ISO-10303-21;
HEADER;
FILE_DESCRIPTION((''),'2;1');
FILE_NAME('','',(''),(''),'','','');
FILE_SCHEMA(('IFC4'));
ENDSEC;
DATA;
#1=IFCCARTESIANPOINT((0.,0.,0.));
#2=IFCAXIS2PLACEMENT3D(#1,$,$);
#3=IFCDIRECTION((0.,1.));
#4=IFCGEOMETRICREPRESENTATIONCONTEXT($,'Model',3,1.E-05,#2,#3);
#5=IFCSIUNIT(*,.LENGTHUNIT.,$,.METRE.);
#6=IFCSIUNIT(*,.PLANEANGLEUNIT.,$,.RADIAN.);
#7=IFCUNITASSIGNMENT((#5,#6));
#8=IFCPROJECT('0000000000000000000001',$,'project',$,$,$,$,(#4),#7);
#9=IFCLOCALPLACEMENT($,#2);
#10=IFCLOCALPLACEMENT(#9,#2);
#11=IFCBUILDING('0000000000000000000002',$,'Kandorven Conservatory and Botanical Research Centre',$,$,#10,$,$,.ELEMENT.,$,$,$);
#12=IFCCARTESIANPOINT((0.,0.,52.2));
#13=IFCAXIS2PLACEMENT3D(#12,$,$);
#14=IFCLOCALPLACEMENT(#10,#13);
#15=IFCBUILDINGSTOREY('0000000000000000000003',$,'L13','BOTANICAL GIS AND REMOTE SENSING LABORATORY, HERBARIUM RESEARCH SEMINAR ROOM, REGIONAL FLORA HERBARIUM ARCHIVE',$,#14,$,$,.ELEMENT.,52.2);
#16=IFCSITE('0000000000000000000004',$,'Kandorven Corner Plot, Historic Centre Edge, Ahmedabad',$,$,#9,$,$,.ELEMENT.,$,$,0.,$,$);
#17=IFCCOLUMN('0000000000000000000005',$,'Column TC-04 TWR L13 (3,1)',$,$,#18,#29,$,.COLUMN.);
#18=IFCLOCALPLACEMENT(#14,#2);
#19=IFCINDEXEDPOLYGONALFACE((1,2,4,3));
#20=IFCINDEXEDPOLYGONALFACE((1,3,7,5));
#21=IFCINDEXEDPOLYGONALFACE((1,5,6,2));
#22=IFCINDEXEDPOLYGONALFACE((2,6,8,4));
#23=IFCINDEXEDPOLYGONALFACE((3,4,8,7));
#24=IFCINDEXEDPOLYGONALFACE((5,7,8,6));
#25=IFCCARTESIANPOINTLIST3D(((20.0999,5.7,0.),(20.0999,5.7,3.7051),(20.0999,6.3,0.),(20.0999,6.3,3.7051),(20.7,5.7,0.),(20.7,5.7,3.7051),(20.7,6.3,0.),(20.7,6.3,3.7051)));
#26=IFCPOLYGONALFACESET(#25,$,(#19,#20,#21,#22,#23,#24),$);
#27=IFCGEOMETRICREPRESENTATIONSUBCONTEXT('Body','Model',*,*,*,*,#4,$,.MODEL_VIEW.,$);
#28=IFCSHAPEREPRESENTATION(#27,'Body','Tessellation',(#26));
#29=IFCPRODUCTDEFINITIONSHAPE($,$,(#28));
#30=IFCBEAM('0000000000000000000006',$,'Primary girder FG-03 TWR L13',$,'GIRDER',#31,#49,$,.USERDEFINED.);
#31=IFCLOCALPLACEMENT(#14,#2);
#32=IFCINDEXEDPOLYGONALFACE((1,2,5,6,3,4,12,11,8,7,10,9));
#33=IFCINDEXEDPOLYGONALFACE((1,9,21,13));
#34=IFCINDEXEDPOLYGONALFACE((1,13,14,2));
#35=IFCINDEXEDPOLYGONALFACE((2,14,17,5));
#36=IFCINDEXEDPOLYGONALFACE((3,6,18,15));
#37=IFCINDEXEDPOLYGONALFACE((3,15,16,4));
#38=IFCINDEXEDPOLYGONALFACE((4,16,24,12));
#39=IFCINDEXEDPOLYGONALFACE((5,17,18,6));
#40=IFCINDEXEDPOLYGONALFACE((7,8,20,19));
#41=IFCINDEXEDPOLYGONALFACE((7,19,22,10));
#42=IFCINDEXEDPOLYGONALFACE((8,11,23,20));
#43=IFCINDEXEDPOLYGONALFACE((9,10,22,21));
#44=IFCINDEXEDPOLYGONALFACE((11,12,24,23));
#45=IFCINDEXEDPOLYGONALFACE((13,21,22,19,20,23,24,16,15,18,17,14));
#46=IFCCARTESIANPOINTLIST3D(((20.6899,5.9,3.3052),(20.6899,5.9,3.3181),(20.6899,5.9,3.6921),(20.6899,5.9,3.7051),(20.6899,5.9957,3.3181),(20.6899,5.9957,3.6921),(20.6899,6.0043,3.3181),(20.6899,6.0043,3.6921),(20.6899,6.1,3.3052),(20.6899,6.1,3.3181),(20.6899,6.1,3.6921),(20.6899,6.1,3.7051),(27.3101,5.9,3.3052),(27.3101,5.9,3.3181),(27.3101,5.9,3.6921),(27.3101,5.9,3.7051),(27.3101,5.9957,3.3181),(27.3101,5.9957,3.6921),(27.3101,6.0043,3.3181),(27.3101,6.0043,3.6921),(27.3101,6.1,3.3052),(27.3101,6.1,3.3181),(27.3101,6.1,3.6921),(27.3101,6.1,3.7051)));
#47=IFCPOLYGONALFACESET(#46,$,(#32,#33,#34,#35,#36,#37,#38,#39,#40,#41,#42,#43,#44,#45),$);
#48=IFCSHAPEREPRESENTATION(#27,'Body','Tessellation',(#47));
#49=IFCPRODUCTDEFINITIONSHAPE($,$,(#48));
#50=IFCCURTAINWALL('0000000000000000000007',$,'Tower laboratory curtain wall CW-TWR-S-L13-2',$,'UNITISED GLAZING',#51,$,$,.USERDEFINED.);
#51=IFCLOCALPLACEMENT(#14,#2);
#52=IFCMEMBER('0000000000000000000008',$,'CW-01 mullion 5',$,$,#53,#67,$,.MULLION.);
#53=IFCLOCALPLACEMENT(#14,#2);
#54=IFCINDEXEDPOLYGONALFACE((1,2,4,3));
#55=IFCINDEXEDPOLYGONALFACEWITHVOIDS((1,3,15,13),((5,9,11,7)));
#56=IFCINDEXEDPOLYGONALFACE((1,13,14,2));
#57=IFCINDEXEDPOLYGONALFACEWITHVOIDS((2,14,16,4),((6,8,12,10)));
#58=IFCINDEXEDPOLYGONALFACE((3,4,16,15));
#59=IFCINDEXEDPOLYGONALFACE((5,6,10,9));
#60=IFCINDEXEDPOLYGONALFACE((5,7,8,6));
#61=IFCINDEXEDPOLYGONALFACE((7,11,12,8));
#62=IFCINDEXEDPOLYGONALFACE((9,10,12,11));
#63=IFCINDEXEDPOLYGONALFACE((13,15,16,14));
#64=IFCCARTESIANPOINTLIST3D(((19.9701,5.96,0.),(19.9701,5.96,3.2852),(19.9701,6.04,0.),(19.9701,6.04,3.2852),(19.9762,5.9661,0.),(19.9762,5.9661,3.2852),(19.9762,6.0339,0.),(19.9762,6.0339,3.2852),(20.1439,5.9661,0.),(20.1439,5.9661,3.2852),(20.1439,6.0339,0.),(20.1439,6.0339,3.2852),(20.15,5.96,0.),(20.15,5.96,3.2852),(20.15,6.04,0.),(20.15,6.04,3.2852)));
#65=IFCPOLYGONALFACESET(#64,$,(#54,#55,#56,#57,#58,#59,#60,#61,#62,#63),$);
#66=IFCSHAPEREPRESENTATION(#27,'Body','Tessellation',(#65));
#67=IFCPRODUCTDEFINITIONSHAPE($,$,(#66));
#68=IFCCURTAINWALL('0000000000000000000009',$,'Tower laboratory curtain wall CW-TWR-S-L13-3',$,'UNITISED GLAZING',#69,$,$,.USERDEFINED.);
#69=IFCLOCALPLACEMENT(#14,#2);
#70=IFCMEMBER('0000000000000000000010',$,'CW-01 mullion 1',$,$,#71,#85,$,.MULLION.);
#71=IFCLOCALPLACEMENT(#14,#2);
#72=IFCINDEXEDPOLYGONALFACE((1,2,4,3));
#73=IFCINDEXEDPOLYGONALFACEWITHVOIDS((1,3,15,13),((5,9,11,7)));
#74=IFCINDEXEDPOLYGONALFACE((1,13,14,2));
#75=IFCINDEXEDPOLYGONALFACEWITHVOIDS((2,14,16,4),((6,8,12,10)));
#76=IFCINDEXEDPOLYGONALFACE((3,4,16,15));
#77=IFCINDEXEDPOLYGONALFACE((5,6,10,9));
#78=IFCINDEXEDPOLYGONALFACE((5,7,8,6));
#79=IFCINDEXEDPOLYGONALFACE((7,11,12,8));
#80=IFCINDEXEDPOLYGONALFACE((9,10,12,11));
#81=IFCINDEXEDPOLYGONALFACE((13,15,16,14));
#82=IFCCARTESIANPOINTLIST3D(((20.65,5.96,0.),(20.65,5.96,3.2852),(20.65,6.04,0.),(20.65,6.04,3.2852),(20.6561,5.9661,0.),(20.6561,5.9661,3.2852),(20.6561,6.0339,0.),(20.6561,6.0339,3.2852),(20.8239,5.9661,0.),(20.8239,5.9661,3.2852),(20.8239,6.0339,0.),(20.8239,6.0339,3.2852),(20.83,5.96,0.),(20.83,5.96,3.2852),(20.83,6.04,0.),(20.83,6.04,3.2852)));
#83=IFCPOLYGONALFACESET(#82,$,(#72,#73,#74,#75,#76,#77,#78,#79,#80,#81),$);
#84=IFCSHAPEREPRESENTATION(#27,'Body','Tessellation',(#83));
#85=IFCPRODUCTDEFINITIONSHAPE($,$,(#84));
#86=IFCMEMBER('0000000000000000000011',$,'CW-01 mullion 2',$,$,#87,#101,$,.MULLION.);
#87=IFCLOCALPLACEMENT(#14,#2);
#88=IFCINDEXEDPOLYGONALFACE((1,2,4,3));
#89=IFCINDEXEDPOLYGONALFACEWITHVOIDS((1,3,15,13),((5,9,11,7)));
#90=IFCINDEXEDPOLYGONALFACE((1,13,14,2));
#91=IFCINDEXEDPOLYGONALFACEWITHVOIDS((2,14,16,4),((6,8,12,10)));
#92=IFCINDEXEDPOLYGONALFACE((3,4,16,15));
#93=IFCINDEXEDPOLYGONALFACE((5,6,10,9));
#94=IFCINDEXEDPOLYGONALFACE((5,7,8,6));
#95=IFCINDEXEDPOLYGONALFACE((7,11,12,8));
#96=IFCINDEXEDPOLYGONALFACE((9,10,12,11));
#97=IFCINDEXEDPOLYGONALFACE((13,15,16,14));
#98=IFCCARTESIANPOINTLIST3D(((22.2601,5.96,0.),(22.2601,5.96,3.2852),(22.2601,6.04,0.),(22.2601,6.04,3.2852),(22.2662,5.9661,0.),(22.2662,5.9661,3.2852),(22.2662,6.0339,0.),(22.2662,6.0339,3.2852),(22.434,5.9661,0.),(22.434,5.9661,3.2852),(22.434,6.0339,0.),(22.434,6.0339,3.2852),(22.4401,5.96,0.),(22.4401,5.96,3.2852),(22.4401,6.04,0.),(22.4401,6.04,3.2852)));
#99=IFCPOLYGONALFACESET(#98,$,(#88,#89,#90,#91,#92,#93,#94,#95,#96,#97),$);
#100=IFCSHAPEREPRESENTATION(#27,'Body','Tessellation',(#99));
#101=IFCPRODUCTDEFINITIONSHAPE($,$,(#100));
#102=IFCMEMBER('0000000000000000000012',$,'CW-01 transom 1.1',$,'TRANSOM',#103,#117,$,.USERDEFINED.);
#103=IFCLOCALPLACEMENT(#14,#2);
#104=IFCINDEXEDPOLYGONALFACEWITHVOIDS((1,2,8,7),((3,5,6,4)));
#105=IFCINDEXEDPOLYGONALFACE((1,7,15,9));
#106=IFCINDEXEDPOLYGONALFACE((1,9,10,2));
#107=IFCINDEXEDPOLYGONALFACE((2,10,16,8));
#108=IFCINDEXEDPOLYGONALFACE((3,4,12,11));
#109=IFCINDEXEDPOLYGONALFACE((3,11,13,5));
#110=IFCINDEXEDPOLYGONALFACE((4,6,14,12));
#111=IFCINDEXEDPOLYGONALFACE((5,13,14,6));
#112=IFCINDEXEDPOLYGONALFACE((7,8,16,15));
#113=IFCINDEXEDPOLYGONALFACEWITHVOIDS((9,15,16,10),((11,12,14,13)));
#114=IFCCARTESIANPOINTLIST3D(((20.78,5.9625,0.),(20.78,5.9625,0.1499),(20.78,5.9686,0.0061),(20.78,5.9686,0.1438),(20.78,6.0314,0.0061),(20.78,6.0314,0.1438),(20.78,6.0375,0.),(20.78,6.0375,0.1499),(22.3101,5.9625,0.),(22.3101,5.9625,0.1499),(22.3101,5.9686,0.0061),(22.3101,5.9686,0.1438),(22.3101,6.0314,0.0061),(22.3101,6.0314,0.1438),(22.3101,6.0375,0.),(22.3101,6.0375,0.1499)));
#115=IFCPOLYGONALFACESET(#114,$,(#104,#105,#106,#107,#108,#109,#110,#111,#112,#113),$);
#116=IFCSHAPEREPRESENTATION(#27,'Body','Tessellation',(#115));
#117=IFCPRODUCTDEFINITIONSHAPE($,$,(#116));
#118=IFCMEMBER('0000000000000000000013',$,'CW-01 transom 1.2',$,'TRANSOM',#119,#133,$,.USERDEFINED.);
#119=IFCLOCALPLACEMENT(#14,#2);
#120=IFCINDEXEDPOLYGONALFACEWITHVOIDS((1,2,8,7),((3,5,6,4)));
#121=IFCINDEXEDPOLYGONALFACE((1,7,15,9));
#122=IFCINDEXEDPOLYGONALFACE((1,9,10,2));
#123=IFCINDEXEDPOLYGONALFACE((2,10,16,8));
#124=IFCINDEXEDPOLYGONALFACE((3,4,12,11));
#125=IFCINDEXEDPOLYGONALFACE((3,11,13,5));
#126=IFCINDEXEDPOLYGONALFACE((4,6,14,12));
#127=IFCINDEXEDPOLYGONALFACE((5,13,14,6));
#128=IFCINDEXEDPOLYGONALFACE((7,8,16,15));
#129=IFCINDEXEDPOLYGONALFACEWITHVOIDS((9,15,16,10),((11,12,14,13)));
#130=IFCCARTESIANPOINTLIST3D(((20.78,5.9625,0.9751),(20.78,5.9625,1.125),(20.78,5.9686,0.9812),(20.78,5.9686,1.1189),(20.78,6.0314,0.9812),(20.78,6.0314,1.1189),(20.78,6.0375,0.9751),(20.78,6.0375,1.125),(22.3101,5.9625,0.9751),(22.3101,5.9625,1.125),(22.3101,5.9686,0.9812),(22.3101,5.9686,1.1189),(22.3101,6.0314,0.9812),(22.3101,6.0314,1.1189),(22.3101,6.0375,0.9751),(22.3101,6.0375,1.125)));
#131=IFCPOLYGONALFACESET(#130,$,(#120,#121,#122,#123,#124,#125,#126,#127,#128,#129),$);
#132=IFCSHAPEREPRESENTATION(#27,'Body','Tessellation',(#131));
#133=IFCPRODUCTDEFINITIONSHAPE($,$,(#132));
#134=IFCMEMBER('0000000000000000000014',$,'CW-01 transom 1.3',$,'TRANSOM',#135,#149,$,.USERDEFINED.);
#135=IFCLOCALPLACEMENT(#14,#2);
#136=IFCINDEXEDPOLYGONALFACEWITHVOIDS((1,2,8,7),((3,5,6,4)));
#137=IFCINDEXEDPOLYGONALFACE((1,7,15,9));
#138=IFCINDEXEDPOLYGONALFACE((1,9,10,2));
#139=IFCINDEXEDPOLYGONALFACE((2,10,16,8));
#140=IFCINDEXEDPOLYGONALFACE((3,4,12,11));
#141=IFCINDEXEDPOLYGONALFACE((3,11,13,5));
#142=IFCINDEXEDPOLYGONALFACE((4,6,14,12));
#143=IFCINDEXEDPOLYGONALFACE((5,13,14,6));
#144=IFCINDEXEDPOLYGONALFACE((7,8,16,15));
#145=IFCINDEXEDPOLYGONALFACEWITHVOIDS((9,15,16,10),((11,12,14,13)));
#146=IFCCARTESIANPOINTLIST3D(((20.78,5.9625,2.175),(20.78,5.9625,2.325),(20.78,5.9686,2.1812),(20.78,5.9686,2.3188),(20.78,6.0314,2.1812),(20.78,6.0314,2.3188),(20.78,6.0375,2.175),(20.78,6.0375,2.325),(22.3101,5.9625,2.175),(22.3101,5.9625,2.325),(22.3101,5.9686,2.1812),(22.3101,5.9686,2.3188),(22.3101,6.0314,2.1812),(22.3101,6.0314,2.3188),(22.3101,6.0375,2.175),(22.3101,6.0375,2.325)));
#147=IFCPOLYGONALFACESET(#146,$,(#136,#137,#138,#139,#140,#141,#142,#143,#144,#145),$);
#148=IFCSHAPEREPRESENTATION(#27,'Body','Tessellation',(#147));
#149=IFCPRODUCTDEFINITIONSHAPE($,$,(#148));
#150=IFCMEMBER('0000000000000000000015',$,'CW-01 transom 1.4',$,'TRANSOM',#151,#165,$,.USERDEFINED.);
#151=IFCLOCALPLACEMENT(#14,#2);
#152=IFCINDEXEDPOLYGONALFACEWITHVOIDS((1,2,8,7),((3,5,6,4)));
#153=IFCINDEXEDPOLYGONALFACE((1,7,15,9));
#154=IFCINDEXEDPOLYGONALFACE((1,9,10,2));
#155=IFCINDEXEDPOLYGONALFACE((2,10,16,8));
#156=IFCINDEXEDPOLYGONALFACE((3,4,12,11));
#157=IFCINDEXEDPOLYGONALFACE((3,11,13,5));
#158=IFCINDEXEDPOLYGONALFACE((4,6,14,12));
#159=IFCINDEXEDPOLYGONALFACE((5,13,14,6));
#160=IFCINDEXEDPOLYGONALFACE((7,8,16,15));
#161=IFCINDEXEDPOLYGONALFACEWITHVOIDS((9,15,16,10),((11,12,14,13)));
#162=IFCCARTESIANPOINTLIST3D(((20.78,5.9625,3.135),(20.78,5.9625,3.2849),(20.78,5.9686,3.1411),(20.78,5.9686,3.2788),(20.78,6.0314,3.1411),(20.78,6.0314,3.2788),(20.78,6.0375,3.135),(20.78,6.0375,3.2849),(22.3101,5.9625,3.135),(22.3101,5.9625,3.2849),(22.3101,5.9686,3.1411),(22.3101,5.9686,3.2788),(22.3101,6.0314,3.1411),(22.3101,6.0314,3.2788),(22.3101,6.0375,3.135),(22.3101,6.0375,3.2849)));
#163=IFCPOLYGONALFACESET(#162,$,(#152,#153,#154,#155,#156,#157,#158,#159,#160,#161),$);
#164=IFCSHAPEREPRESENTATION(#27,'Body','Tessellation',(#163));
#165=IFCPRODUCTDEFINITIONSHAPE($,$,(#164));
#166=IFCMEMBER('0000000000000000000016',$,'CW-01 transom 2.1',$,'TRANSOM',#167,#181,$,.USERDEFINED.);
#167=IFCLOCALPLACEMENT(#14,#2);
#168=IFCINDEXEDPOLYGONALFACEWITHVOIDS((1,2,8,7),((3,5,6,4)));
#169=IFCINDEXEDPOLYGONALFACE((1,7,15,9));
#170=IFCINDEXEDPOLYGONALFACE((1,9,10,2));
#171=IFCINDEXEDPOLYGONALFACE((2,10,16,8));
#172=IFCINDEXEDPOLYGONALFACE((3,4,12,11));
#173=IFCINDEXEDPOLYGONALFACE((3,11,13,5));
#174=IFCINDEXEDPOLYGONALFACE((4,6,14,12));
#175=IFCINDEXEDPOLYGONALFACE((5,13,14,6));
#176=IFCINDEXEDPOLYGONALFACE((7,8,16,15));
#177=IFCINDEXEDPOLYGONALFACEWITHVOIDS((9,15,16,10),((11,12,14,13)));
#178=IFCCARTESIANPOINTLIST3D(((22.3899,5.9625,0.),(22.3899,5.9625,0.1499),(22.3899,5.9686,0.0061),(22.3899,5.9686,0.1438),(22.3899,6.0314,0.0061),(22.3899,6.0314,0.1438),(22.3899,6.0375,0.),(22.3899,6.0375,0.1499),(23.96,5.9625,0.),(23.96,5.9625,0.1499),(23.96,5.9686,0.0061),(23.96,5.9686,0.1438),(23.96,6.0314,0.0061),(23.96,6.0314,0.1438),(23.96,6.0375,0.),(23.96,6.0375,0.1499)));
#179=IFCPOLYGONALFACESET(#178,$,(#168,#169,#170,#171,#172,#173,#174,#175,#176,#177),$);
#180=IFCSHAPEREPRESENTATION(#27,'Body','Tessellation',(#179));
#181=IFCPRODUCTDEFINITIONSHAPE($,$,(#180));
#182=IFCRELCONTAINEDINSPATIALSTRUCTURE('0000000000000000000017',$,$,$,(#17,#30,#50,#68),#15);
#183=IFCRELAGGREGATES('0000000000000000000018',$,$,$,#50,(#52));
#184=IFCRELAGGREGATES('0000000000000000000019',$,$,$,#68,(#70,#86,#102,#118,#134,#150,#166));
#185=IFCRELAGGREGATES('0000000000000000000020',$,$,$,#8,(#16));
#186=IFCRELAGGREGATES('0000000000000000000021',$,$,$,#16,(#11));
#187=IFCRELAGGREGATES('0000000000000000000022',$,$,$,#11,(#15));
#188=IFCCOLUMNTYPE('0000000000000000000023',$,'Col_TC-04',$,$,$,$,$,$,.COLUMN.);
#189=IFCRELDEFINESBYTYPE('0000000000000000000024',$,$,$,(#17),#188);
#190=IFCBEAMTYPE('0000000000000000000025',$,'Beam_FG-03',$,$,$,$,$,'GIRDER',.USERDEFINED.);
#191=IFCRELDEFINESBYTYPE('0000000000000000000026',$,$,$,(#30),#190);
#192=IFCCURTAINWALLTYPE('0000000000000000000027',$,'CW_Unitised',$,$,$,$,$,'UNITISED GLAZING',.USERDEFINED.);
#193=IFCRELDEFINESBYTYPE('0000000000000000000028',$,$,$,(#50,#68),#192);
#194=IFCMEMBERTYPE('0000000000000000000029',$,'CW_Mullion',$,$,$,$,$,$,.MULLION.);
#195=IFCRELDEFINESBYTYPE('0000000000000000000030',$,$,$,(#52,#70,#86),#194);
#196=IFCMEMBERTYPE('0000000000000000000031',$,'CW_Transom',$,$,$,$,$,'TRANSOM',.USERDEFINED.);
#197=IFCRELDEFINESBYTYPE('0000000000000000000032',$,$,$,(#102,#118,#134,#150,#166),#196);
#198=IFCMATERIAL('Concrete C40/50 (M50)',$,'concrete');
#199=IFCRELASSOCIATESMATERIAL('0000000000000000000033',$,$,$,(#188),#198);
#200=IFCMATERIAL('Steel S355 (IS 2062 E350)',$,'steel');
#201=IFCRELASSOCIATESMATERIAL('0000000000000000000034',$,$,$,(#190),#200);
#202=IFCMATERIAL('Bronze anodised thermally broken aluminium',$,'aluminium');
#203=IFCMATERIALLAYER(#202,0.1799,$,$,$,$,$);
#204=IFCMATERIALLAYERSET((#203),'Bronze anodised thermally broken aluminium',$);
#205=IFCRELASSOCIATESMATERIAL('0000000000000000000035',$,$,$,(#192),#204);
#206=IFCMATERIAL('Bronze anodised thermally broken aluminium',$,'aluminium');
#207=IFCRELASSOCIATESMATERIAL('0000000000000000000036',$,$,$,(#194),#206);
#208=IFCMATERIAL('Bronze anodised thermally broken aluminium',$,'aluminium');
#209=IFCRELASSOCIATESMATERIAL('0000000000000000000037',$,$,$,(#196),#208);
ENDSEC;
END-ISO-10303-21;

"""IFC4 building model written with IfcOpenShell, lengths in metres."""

from ifc_helpers import new_model, si_unit, direction, frame, origin, origin_2d, place, context, subcontext, project, spatial, rectangle, hollow_rectangle, i_section, extrude, material, layer, layer_set, material_profile, profile_set, type_object, element, aggregate, save


model = new_model("IFC4")

# Units and contexts
model_context = context("Model", 3, precision=1e-05, world=origin(), true_north=direction((0.0, 1.0)))
body_context = subcontext(model_context, "Body", "Model", "MODEL_VIEW")
ifc_project = project(units=[si_unit("LENGTHUNIT", "METRE"), si_unit("PLANEANGLEUNIT", "RADIAN")], contexts=[model_context])

# Site, building, storey
site_placement = place(None, origin())
site = spatial("IfcSite", under=ifc_project, at=site_placement, Name="Kandorven Corner Plot, Historic Centre Edge, Ahmedabad", CompositionType="ELEMENT", RefElevation=0.0)
building_placement = place(site_placement, origin())
building = spatial("IfcBuilding", under=site, at=building_placement, Name="Kandorven Conservatory and Botanical Research Centre", CompositionType="ELEMENT")
storey_placement = place(building_placement, frame((0.0, 0.0, 52.2)))
storey = spatial("IfcBuildingStorey", under=building, at=storey_placement, Name="L13", Description="BOTANICAL GIS AND REMOTE SENSING LABORATORY, HERBARIUM RESEARCH SEMINAR ROOM, REGIONAL FLORA HERBARIUM ARCHIVE", CompositionType="ELEMENT", Elevation=52.2)

# Column
ifc_material_1 = material(Name="Concrete C40/50 (M50)", Category="concrete")
ifc_material_profile_1 = material_profile(ifc_material_1, rectangle(XDim=0.6001, YDim=0.6001, at=origin_2d()))
ifc_profile_set_1 = profile_set([ifc_material_profile_1], Name="Concrete C40/50 (M50)")
column_type = type_object("IfcColumnType", Name="Col_TC-04", PredefinedType="COLUMN", material=ifc_profile_set_1)
column_placement = place(storey_placement, frame((20.3999, 6.0, 0.0), z_axis=(0.0, 0.0, 1.0), x_axis=(1.0, 0.0, 0.0)))
element("IfcColumn", 1, at=column_placement, inside=storey, type_object=column_type, Name="Column TC-04 TWR L13 (3,1)", PredefinedType="COLUMN", context=body_context, shape_type="SweptSolid", body=[
    extrude(rectangle(XDim=0.6001, YDim=0.6001, at=origin_2d()), origin(), (0.0, 0.0, 1.0), 3.7051),
])

# Beam
ifc_material_2 = material(Name="Steel S355 (IS 2062 E350)", Category="steel")
ifc_material_profile_2 = material_profile(ifc_material_2, i_section(OverallWidth=0.2, OverallDepth=0.3999, WebThickness=0.0085, FlangeThickness=0.0129, at=origin_2d()))
ifc_profile_set_2 = profile_set([ifc_material_profile_2], Name="Steel S355 (IS 2062 E350)")
beam_type = type_object("IfcBeamType", Name="Beam_FG-03", ElementType="GIRDER", PredefinedType="USERDEFINED", material=ifc_profile_set_2)
beam_placement = place(storey_placement, frame((20.6899, 6.0, 3.5051), z_axis=(1.0, 0.0, 0.0), x_axis=(0.0, 1.0, 0.0)))
element("IfcBeam", 2, at=beam_placement, inside=storey, type_object=beam_type, Name="Primary girder FG-03 TWR L13", ObjectType="GIRDER", PredefinedType="USERDEFINED", context=body_context, shape_type="SweptSolid", body=[
    extrude(i_section(OverallWidth=0.2, OverallDepth=0.3999, WebThickness=0.0085, FlangeThickness=0.0129, at=origin_2d()), origin(), (0.0, 0.0, 1.0), 6.6201),
])

# Curtain wall, member
ifc_material_3 = material(Name="Bronze anodised thermally broken aluminium", Category="aluminium")
ifc_layer_1 = layer(ifc_material_3, 0.1799)
ifc_layer_set_1 = layer_set([ifc_layer_1], Name="Bronze anodised thermally broken aluminium")
curtain_wall_type = type_object("IfcCurtainWallType", Name="CW_Unitised", ElementType="UNITISED GLAZING", PredefinedType="USERDEFINED", material=ifc_layer_set_1)
curtain_wall_1_placement = place(storey_placement, origin())
curtain_wall_1 = element("IfcCurtainWall", 3, at=curtain_wall_1_placement, inside=storey, type_object=curtain_wall_type, Name="Tower laboratory curtain wall CW-TWR-S-L13-2", ObjectType="UNITISED GLAZING", PredefinedType="USERDEFINED")
ifc_material_4 = material(Name="Bronze anodised thermally broken aluminium", Category="aluminium")
ifc_material_profile_3 = material_profile(ifc_material_4, hollow_rectangle(XDim=0.0801, YDim=0.1799, WallThickness=0.0061, at=origin_2d()))
ifc_profile_set_3 = profile_set([ifc_material_profile_3], Name="Bronze anodised thermally broken aluminium")
member_type_1 = type_object("IfcMemberType", Name="CW_Mullion", PredefinedType="MULLION", material=ifc_profile_set_3)
member_1_placement = place(storey_placement, frame((20.0601, 6.0, 0.0), z_axis=(0.0, 0.0, 1.0), x_axis=(0.0, 1.0, 0.0)))
member_1 = element("IfcMember", 4, at=member_1_placement, type_object=member_type_1, Name="CW-01 mullion 5", PredefinedType="MULLION", context=body_context, shape_type="SweptSolid", body=[
    extrude(hollow_rectangle(XDim=0.0801, YDim=0.1799, WallThickness=0.0061, at=origin_2d()), origin(), (0.0, 0.0, 1.0), 3.2852),
])

# Curtain wall, members
curtain_wall_2_placement = place(storey_placement, origin())
curtain_wall_2 = element("IfcCurtainWall", 5, at=curtain_wall_2_placement, inside=storey, type_object=curtain_wall_type, Name="Tower laboratory curtain wall CW-TWR-S-L13-3", ObjectType="UNITISED GLAZING", PredefinedType="USERDEFINED")
member_2_placement = place(storey_placement, frame((20.74, 6.0, 0.0), z_axis=(0.0, 0.0, 1.0), x_axis=(0.0, 1.0, 0.0)))
member_2 = element("IfcMember", 6, at=member_2_placement, type_object=member_type_1, Name="CW-01 mullion 1", PredefinedType="MULLION", context=body_context, shape_type="SweptSolid", body=[
    extrude(hollow_rectangle(XDim=0.0801, YDim=0.1799, WallThickness=0.0061, at=origin_2d()), origin(), (0.0, 0.0, 1.0), 3.2852),
])
member_3_placement = place(storey_placement, frame((22.3501, 6.0, 0.0), z_axis=(0.0, 0.0, 1.0), x_axis=(0.0, 1.0, 0.0)))
member_3 = element("IfcMember", 7, at=member_3_placement, type_object=member_type_1, Name="CW-01 mullion 2", PredefinedType="MULLION", context=body_context, shape_type="SweptSolid", body=[
    extrude(hollow_rectangle(XDim=0.0801, YDim=0.1799, WallThickness=0.0061, at=origin_2d()), origin(), (0.0, 0.0, 1.0), 3.2852),
])
ifc_material_5 = material(Name="Bronze anodised thermally broken aluminium", Category="aluminium")
ifc_material_profile_4 = material_profile(ifc_material_5, hollow_rectangle(XDim=0.075, YDim=0.1499, WallThickness=0.0061, at=origin_2d()))
ifc_profile_set_4 = profile_set([ifc_material_profile_4], Name="Bronze anodised thermally broken aluminium")
member_type_2 = type_object("IfcMemberType", Name="CW_Transom", ElementType="TRANSOM", PredefinedType="USERDEFINED", material=ifc_profile_set_4)
member_4_placement = place(storey_placement, frame((20.78, 6.0, 0.075), z_axis=(1.0, 0.0, 0.0), x_axis=(0.0, 1.0, 0.0)))
member_4 = element("IfcMember", 8, at=member_4_placement, type_object=member_type_2, Name="CW-01 transom 1.1", ObjectType="TRANSOM", PredefinedType="USERDEFINED", context=body_context, shape_type="SweptSolid", body=[
    extrude(hollow_rectangle(XDim=0.075, YDim=0.1499, WallThickness=0.0061, at=origin_2d()), origin(), (0.0, 0.0, 1.0), 1.53),
])
member_5_placement = place(storey_placement, frame((20.78, 6.0, 1.05), z_axis=(1.0, 0.0, 0.0), x_axis=(0.0, 1.0, 0.0)))
member_5 = element("IfcMember", 9, at=member_5_placement, type_object=member_type_2, Name="CW-01 transom 1.2", ObjectType="TRANSOM", PredefinedType="USERDEFINED", context=body_context, shape_type="SweptSolid", body=[
    extrude(hollow_rectangle(XDim=0.075, YDim=0.1499, WallThickness=0.0061, at=origin_2d()), origin(), (0.0, 0.0, 1.0), 1.53),
])
member_6_placement = place(storey_placement, frame((20.78, 6.0, 2.25), z_axis=(1.0, 0.0, 0.0), x_axis=(0.0, 1.0, 0.0)))
member_6 = element("IfcMember", 10, at=member_6_placement, type_object=member_type_2, Name="CW-01 transom 1.3", ObjectType="TRANSOM", PredefinedType="USERDEFINED", context=body_context, shape_type="SweptSolid", body=[
    extrude(hollow_rectangle(XDim=0.075, YDim=0.1499, WallThickness=0.0061, at=origin_2d()), origin(), (0.0, 0.0, 1.0), 1.53),
])
member_7_placement = place(storey_placement, frame((20.78, 6.0, 3.21), z_axis=(1.0, 0.0, 0.0), x_axis=(0.0, 1.0, 0.0)))
member_7 = element("IfcMember", 11, at=member_7_placement, type_object=member_type_2, Name="CW-01 transom 1.4", ObjectType="TRANSOM", PredefinedType="USERDEFINED", context=body_context, shape_type="SweptSolid", body=[
    extrude(hollow_rectangle(XDim=0.075, YDim=0.1499, WallThickness=0.0061, at=origin_2d()), origin(), (0.0, 0.0, 1.0), 1.53),
])
member_8_placement = place(storey_placement, frame((22.3899, 6.0, 0.075), z_axis=(1.0, 0.0, 0.0), x_axis=(0.0, 1.0, 0.0)))
member_8 = element("IfcMember", 12, at=member_8_placement, type_object=member_type_2, Name="CW-01 transom 2.1", ObjectType="TRANSOM", PredefinedType="USERDEFINED", context=body_context, shape_type="SweptSolid", body=[
    extrude(hollow_rectangle(XDim=0.075, YDim=0.1499, WallThickness=0.0061, at=origin_2d()), origin(), (0.0, 0.0, 1.0), 1.5701),
])

aggregate(curtain_wall_1, [member_1])
aggregate(curtain_wall_2, [member_2, member_3, member_4, member_5, member_6, member_7, member_8])

save(model, "model.ifc")
